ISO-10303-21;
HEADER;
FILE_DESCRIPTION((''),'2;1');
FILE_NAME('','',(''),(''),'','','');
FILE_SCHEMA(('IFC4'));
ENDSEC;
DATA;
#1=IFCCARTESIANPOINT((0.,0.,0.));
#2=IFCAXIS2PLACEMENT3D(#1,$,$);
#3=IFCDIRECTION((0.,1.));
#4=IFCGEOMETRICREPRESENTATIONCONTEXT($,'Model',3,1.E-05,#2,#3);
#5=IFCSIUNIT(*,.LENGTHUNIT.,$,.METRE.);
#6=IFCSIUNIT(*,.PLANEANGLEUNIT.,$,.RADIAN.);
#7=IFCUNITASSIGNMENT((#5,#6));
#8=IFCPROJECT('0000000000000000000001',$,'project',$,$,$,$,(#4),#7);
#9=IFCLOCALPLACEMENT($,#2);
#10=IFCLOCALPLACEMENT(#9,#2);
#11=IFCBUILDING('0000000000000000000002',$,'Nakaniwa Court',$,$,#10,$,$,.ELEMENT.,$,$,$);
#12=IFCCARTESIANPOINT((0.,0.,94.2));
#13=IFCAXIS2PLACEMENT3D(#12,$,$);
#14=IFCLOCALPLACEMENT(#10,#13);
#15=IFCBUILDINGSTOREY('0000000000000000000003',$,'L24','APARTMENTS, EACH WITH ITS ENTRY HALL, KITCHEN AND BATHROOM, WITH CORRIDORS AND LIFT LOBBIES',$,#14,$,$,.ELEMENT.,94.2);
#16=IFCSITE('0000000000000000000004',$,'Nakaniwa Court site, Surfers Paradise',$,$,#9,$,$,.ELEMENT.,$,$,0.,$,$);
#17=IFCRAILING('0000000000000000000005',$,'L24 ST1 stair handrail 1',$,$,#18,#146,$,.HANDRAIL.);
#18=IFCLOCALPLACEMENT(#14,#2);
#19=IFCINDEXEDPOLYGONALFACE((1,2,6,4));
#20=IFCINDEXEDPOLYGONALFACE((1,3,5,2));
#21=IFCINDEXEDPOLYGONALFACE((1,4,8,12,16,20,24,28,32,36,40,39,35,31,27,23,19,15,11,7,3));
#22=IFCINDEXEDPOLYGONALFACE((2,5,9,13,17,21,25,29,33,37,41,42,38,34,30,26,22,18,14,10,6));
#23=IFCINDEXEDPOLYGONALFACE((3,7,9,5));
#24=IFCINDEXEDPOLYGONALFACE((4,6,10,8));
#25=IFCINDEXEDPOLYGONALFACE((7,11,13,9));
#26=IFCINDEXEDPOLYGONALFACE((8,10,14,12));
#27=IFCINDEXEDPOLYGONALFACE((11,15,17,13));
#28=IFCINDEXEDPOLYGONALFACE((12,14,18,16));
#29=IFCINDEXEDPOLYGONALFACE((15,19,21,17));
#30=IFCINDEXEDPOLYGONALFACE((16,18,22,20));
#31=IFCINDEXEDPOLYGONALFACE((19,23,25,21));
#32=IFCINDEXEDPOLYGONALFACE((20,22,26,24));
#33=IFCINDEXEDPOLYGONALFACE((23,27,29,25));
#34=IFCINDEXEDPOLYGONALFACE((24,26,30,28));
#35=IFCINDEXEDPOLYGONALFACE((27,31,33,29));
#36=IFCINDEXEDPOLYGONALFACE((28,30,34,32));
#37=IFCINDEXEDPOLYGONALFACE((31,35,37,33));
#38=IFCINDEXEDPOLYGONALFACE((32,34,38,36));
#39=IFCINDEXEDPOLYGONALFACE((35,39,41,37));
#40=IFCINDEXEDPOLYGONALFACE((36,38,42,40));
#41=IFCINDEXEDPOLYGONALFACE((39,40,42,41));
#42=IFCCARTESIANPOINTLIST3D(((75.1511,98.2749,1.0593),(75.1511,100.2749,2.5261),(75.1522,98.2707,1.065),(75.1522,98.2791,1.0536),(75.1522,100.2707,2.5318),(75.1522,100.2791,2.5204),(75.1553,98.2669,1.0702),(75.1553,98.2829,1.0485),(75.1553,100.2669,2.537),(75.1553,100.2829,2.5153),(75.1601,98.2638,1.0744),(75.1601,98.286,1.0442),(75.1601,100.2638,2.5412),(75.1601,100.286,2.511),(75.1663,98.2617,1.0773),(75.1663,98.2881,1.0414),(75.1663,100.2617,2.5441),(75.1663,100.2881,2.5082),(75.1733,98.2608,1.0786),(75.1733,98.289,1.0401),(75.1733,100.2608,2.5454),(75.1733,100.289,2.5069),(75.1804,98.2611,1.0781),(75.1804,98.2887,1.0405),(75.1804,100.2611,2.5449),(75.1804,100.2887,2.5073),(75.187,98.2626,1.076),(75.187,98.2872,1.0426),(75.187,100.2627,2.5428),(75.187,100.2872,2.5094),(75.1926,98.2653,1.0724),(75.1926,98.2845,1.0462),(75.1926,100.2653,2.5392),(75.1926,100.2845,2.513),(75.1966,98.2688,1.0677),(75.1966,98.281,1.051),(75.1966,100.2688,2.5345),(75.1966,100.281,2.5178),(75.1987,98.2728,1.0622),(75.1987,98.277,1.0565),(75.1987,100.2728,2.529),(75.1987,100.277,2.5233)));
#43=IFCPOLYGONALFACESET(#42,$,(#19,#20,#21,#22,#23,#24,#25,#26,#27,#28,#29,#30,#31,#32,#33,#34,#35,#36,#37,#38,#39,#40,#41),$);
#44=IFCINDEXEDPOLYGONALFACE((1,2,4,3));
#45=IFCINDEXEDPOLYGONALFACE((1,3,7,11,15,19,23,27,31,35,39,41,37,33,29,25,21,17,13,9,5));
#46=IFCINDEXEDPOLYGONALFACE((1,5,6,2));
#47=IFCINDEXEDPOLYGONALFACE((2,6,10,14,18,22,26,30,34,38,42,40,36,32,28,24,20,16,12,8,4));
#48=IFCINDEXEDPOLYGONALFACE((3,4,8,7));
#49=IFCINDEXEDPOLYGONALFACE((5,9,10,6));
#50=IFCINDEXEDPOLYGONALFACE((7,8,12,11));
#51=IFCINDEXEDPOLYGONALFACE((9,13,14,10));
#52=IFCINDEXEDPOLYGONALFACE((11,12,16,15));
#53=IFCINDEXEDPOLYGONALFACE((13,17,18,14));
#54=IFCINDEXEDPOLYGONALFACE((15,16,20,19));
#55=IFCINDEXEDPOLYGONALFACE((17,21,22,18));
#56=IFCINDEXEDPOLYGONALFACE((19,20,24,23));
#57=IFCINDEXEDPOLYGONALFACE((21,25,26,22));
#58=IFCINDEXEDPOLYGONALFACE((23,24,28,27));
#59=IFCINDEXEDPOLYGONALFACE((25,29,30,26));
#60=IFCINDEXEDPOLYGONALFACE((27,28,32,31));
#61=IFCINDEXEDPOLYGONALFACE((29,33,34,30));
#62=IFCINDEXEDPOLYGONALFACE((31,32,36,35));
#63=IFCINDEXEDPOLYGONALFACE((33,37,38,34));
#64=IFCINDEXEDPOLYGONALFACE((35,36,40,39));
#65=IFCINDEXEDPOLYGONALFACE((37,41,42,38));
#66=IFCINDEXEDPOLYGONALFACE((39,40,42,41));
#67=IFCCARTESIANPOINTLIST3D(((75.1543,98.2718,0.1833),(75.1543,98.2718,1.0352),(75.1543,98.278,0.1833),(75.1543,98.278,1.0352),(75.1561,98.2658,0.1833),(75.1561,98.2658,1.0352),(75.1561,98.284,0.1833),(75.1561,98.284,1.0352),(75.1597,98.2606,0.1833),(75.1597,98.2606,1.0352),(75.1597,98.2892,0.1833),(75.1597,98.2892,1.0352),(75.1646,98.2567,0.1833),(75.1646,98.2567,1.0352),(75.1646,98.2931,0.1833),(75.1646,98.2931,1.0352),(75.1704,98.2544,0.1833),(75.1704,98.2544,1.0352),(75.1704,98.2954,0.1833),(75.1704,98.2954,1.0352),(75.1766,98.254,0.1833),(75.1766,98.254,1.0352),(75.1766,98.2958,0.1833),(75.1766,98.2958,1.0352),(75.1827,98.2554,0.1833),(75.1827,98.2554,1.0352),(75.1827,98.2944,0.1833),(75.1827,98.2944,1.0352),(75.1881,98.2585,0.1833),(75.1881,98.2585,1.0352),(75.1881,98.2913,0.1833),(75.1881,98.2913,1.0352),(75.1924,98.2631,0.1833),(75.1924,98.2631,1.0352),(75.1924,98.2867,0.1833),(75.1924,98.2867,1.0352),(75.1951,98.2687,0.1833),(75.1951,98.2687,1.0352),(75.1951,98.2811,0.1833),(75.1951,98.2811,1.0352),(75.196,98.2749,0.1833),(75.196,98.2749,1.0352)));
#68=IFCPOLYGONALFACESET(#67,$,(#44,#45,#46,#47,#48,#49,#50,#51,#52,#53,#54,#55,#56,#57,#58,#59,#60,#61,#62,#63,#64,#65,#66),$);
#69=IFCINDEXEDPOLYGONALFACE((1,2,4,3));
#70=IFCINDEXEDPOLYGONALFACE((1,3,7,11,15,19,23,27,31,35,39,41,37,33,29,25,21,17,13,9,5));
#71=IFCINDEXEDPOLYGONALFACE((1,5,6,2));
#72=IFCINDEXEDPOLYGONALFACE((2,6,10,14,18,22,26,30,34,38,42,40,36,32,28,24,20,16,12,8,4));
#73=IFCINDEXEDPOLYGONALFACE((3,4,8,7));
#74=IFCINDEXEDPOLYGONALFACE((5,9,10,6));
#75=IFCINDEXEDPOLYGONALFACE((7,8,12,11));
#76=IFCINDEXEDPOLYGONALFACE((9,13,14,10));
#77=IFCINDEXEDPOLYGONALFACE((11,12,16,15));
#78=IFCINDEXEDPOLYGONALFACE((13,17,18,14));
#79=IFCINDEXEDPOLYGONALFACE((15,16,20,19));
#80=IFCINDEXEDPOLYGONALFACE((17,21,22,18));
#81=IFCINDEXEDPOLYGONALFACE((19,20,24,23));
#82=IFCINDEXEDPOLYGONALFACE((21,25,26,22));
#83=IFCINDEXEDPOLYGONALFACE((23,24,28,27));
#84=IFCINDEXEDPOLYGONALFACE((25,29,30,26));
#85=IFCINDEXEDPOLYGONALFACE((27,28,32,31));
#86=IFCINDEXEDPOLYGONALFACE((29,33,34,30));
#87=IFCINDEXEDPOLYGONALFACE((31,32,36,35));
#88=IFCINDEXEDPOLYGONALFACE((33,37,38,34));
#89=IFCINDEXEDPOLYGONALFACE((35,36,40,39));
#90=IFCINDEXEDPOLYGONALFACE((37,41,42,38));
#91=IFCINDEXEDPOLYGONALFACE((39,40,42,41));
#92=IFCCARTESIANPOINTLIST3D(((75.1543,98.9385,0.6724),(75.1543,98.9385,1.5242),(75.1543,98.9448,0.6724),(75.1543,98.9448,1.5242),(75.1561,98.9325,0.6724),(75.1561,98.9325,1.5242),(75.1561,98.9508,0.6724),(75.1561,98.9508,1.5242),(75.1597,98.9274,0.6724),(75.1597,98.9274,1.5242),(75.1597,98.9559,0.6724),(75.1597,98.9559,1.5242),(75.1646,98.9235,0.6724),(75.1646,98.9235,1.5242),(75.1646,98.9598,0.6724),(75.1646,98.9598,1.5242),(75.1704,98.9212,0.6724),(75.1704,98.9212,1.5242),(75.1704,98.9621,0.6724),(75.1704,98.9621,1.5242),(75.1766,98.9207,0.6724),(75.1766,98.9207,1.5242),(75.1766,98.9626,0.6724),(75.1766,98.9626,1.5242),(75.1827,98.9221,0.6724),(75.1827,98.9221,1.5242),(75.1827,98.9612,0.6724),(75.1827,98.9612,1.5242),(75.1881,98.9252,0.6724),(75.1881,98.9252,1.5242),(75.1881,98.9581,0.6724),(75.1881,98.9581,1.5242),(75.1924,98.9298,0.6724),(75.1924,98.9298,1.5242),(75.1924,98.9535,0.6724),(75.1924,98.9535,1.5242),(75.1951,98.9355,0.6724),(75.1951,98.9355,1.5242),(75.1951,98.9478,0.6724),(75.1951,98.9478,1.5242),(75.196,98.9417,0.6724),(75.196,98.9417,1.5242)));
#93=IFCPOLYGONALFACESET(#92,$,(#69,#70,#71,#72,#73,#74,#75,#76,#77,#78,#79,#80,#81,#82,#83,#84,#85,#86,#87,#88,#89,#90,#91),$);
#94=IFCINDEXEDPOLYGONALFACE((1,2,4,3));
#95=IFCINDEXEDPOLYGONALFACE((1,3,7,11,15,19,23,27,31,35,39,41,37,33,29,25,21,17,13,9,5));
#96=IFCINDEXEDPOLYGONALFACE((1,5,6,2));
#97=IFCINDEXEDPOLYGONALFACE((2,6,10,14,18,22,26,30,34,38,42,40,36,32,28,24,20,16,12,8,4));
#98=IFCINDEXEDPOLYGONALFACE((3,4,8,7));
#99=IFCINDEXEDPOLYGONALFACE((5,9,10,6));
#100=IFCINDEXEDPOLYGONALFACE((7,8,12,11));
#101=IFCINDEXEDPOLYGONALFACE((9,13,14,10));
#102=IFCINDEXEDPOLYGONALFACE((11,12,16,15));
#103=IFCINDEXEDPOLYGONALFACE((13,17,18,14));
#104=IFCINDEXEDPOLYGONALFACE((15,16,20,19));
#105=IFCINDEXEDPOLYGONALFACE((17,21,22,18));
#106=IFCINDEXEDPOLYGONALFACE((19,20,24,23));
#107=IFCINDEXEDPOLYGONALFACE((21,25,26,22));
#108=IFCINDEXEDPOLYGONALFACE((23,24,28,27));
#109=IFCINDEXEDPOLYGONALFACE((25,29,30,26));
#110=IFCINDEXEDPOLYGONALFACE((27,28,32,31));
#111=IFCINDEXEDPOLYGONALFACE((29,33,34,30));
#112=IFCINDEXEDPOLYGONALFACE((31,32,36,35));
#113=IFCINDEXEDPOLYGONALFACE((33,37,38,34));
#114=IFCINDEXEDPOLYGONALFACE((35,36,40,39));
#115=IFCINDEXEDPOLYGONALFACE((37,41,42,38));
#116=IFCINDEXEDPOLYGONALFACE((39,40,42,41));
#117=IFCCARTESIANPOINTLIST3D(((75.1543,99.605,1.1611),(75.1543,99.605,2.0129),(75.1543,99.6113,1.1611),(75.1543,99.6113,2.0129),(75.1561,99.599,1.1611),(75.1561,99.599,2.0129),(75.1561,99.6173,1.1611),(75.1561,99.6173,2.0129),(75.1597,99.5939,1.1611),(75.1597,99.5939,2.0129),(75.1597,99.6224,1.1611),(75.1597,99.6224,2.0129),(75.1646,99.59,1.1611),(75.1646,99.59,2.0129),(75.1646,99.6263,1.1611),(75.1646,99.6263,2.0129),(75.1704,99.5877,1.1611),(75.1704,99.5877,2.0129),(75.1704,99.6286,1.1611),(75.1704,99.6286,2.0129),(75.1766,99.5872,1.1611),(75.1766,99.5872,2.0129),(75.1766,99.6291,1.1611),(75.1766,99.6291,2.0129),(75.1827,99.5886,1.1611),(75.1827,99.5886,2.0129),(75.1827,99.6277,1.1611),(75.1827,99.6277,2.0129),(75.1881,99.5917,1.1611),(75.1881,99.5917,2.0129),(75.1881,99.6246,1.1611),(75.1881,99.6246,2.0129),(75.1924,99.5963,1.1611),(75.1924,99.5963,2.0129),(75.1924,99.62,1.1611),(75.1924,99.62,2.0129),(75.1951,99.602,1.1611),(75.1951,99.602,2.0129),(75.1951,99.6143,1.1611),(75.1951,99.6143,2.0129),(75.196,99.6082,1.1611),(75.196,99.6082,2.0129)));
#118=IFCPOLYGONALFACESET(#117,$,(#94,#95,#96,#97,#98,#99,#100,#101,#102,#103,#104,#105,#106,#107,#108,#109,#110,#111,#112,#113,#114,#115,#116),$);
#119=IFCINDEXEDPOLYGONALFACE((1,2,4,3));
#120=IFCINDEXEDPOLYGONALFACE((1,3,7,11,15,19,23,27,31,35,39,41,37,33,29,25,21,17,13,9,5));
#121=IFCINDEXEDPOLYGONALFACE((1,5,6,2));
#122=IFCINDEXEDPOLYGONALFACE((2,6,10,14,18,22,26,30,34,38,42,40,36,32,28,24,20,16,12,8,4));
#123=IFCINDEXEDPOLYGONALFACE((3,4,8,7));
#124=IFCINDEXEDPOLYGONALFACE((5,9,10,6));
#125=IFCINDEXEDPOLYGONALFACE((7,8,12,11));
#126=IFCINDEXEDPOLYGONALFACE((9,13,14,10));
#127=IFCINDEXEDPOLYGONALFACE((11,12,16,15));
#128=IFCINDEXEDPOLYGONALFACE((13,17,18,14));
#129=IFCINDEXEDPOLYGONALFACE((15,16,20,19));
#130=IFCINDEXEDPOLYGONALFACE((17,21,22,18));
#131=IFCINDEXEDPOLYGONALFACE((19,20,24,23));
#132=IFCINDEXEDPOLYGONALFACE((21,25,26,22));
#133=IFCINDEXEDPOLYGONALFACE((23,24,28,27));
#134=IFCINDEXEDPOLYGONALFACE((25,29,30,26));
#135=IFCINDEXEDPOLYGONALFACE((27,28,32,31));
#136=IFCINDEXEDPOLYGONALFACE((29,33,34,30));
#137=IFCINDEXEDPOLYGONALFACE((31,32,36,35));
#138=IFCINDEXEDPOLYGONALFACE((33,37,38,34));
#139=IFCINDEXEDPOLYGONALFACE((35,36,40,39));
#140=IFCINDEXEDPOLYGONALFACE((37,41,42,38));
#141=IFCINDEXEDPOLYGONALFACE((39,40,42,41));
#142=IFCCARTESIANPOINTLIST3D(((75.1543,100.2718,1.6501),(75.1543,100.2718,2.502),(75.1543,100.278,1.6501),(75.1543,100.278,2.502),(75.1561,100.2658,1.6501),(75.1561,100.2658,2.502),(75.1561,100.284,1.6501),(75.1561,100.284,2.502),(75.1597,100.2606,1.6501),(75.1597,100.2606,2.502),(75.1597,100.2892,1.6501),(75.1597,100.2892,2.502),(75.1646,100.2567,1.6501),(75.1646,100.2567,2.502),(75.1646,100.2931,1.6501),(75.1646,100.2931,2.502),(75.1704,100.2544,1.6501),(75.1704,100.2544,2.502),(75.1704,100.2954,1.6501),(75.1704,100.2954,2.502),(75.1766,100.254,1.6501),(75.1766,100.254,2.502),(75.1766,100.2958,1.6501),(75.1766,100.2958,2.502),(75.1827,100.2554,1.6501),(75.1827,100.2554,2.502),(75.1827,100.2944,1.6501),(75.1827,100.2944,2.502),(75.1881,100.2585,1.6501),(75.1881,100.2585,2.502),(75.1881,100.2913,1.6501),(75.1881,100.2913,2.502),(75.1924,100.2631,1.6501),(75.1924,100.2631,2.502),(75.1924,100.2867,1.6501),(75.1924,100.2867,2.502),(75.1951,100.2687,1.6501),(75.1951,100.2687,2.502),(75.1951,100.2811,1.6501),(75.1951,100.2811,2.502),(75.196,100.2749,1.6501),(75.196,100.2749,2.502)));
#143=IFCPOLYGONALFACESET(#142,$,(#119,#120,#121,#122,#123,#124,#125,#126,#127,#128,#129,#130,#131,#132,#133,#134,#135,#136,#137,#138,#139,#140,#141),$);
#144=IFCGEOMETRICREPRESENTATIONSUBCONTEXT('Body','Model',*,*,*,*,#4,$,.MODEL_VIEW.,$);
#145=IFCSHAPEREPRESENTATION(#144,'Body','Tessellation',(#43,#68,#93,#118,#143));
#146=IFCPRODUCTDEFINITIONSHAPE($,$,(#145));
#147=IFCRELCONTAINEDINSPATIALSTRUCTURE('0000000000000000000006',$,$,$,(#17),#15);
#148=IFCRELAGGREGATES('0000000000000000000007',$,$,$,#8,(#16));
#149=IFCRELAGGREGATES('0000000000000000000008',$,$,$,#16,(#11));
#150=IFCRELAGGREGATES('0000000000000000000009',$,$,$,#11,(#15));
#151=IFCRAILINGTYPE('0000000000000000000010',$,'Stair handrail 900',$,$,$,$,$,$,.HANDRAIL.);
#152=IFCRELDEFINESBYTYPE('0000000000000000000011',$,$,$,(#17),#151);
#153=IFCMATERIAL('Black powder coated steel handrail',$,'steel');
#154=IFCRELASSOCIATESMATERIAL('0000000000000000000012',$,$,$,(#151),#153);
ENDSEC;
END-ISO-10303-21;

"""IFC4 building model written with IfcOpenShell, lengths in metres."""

from ifc_helpers import new_model, si_unit, direction, frame, origin, origin_2d, place, context, subcontext, project, spatial, circle, extrude, material, type_object, element, save


model = new_model("IFC4")

# Units and contexts
model_context = context("Model", 3, precision=1e-05, world=origin(), true_north=direction((0.0, 1.0)))
body_context = subcontext(model_context, "Body", "Model", "MODEL_VIEW")
ifc_project = project(units=[si_unit("LENGTHUNIT", "METRE"), si_unit("PLANEANGLEUNIT", "RADIAN")], contexts=[model_context])

# Site, building, storey
site_placement = place(None, origin())
site = spatial("IfcSite", under=ifc_project, at=site_placement, Name="Nakaniwa Court site, Surfers Paradise", CompositionType="ELEMENT", RefElevation=0.0)
building_placement = place(site_placement, origin())
building = spatial("IfcBuilding", under=site, at=building_placement, Name="Nakaniwa Court", CompositionType="ELEMENT")
storey_placement = place(building_placement, frame((0.0, 0.0, 94.2)))
storey = spatial("IfcBuildingStorey", under=building, at=storey_placement, Name="L24", Description="APARTMENTS, EACH WITH ITS ENTRY HALL, KITCHEN AND BATHROOM, WITH CORRIDORS AND LIFT LOBBIES", CompositionType="ELEMENT", Elevation=94.2)

# Railing
ifc_material_1 = material(Name="Black powder coated steel handrail", Category="steel")
railing_type_1 = type_object("IfcRailingType", Name="Stair handrail 900", PredefinedType="HANDRAIL", material=ifc_material_1)
railing_1_placement = place(storey_placement, frame((75.175, 98.2749, 0.1833)))
element("IfcRailing", 1, at=railing_1_placement, inside=storey, type_object=railing_type_1, Name="L24 ST1 stair handrail 1", PredefinedType="HANDRAIL", context=body_context, shape_type="SweptSolid", body=[
    extrude(circle(Radius=0.0239, at=origin_2d()), frame((0.0, 0.0, 0.876), z_axis=(0.0, 0.80638, 0.591398), x_axis=(-1.0, 0.0, 0.0)), (0.0, 0.0, 1.0), 2.4802),
    extrude(circle(Radius=0.021, at=origin_2d()), origin(), (0.0, 0.0, 1.0), 0.8518),
    extrude(circle(Radius=0.021, at=origin_2d()), frame((0.0, 0.6667, 0.489)), (0.0, 0.0, 1.0), 0.8518),
    extrude(circle(Radius=0.021, at=origin_2d()), frame((0.0, 1.3333, 0.9778)), (0.0, 0.0, 1.0), 0.8518),
    extrude(circle(Radius=0.021, at=origin_2d()), frame((0.0, 2.0, 1.4668)), (0.0, 0.0, 1.0), 0.8518),
])

save(model, "model.ifc")
